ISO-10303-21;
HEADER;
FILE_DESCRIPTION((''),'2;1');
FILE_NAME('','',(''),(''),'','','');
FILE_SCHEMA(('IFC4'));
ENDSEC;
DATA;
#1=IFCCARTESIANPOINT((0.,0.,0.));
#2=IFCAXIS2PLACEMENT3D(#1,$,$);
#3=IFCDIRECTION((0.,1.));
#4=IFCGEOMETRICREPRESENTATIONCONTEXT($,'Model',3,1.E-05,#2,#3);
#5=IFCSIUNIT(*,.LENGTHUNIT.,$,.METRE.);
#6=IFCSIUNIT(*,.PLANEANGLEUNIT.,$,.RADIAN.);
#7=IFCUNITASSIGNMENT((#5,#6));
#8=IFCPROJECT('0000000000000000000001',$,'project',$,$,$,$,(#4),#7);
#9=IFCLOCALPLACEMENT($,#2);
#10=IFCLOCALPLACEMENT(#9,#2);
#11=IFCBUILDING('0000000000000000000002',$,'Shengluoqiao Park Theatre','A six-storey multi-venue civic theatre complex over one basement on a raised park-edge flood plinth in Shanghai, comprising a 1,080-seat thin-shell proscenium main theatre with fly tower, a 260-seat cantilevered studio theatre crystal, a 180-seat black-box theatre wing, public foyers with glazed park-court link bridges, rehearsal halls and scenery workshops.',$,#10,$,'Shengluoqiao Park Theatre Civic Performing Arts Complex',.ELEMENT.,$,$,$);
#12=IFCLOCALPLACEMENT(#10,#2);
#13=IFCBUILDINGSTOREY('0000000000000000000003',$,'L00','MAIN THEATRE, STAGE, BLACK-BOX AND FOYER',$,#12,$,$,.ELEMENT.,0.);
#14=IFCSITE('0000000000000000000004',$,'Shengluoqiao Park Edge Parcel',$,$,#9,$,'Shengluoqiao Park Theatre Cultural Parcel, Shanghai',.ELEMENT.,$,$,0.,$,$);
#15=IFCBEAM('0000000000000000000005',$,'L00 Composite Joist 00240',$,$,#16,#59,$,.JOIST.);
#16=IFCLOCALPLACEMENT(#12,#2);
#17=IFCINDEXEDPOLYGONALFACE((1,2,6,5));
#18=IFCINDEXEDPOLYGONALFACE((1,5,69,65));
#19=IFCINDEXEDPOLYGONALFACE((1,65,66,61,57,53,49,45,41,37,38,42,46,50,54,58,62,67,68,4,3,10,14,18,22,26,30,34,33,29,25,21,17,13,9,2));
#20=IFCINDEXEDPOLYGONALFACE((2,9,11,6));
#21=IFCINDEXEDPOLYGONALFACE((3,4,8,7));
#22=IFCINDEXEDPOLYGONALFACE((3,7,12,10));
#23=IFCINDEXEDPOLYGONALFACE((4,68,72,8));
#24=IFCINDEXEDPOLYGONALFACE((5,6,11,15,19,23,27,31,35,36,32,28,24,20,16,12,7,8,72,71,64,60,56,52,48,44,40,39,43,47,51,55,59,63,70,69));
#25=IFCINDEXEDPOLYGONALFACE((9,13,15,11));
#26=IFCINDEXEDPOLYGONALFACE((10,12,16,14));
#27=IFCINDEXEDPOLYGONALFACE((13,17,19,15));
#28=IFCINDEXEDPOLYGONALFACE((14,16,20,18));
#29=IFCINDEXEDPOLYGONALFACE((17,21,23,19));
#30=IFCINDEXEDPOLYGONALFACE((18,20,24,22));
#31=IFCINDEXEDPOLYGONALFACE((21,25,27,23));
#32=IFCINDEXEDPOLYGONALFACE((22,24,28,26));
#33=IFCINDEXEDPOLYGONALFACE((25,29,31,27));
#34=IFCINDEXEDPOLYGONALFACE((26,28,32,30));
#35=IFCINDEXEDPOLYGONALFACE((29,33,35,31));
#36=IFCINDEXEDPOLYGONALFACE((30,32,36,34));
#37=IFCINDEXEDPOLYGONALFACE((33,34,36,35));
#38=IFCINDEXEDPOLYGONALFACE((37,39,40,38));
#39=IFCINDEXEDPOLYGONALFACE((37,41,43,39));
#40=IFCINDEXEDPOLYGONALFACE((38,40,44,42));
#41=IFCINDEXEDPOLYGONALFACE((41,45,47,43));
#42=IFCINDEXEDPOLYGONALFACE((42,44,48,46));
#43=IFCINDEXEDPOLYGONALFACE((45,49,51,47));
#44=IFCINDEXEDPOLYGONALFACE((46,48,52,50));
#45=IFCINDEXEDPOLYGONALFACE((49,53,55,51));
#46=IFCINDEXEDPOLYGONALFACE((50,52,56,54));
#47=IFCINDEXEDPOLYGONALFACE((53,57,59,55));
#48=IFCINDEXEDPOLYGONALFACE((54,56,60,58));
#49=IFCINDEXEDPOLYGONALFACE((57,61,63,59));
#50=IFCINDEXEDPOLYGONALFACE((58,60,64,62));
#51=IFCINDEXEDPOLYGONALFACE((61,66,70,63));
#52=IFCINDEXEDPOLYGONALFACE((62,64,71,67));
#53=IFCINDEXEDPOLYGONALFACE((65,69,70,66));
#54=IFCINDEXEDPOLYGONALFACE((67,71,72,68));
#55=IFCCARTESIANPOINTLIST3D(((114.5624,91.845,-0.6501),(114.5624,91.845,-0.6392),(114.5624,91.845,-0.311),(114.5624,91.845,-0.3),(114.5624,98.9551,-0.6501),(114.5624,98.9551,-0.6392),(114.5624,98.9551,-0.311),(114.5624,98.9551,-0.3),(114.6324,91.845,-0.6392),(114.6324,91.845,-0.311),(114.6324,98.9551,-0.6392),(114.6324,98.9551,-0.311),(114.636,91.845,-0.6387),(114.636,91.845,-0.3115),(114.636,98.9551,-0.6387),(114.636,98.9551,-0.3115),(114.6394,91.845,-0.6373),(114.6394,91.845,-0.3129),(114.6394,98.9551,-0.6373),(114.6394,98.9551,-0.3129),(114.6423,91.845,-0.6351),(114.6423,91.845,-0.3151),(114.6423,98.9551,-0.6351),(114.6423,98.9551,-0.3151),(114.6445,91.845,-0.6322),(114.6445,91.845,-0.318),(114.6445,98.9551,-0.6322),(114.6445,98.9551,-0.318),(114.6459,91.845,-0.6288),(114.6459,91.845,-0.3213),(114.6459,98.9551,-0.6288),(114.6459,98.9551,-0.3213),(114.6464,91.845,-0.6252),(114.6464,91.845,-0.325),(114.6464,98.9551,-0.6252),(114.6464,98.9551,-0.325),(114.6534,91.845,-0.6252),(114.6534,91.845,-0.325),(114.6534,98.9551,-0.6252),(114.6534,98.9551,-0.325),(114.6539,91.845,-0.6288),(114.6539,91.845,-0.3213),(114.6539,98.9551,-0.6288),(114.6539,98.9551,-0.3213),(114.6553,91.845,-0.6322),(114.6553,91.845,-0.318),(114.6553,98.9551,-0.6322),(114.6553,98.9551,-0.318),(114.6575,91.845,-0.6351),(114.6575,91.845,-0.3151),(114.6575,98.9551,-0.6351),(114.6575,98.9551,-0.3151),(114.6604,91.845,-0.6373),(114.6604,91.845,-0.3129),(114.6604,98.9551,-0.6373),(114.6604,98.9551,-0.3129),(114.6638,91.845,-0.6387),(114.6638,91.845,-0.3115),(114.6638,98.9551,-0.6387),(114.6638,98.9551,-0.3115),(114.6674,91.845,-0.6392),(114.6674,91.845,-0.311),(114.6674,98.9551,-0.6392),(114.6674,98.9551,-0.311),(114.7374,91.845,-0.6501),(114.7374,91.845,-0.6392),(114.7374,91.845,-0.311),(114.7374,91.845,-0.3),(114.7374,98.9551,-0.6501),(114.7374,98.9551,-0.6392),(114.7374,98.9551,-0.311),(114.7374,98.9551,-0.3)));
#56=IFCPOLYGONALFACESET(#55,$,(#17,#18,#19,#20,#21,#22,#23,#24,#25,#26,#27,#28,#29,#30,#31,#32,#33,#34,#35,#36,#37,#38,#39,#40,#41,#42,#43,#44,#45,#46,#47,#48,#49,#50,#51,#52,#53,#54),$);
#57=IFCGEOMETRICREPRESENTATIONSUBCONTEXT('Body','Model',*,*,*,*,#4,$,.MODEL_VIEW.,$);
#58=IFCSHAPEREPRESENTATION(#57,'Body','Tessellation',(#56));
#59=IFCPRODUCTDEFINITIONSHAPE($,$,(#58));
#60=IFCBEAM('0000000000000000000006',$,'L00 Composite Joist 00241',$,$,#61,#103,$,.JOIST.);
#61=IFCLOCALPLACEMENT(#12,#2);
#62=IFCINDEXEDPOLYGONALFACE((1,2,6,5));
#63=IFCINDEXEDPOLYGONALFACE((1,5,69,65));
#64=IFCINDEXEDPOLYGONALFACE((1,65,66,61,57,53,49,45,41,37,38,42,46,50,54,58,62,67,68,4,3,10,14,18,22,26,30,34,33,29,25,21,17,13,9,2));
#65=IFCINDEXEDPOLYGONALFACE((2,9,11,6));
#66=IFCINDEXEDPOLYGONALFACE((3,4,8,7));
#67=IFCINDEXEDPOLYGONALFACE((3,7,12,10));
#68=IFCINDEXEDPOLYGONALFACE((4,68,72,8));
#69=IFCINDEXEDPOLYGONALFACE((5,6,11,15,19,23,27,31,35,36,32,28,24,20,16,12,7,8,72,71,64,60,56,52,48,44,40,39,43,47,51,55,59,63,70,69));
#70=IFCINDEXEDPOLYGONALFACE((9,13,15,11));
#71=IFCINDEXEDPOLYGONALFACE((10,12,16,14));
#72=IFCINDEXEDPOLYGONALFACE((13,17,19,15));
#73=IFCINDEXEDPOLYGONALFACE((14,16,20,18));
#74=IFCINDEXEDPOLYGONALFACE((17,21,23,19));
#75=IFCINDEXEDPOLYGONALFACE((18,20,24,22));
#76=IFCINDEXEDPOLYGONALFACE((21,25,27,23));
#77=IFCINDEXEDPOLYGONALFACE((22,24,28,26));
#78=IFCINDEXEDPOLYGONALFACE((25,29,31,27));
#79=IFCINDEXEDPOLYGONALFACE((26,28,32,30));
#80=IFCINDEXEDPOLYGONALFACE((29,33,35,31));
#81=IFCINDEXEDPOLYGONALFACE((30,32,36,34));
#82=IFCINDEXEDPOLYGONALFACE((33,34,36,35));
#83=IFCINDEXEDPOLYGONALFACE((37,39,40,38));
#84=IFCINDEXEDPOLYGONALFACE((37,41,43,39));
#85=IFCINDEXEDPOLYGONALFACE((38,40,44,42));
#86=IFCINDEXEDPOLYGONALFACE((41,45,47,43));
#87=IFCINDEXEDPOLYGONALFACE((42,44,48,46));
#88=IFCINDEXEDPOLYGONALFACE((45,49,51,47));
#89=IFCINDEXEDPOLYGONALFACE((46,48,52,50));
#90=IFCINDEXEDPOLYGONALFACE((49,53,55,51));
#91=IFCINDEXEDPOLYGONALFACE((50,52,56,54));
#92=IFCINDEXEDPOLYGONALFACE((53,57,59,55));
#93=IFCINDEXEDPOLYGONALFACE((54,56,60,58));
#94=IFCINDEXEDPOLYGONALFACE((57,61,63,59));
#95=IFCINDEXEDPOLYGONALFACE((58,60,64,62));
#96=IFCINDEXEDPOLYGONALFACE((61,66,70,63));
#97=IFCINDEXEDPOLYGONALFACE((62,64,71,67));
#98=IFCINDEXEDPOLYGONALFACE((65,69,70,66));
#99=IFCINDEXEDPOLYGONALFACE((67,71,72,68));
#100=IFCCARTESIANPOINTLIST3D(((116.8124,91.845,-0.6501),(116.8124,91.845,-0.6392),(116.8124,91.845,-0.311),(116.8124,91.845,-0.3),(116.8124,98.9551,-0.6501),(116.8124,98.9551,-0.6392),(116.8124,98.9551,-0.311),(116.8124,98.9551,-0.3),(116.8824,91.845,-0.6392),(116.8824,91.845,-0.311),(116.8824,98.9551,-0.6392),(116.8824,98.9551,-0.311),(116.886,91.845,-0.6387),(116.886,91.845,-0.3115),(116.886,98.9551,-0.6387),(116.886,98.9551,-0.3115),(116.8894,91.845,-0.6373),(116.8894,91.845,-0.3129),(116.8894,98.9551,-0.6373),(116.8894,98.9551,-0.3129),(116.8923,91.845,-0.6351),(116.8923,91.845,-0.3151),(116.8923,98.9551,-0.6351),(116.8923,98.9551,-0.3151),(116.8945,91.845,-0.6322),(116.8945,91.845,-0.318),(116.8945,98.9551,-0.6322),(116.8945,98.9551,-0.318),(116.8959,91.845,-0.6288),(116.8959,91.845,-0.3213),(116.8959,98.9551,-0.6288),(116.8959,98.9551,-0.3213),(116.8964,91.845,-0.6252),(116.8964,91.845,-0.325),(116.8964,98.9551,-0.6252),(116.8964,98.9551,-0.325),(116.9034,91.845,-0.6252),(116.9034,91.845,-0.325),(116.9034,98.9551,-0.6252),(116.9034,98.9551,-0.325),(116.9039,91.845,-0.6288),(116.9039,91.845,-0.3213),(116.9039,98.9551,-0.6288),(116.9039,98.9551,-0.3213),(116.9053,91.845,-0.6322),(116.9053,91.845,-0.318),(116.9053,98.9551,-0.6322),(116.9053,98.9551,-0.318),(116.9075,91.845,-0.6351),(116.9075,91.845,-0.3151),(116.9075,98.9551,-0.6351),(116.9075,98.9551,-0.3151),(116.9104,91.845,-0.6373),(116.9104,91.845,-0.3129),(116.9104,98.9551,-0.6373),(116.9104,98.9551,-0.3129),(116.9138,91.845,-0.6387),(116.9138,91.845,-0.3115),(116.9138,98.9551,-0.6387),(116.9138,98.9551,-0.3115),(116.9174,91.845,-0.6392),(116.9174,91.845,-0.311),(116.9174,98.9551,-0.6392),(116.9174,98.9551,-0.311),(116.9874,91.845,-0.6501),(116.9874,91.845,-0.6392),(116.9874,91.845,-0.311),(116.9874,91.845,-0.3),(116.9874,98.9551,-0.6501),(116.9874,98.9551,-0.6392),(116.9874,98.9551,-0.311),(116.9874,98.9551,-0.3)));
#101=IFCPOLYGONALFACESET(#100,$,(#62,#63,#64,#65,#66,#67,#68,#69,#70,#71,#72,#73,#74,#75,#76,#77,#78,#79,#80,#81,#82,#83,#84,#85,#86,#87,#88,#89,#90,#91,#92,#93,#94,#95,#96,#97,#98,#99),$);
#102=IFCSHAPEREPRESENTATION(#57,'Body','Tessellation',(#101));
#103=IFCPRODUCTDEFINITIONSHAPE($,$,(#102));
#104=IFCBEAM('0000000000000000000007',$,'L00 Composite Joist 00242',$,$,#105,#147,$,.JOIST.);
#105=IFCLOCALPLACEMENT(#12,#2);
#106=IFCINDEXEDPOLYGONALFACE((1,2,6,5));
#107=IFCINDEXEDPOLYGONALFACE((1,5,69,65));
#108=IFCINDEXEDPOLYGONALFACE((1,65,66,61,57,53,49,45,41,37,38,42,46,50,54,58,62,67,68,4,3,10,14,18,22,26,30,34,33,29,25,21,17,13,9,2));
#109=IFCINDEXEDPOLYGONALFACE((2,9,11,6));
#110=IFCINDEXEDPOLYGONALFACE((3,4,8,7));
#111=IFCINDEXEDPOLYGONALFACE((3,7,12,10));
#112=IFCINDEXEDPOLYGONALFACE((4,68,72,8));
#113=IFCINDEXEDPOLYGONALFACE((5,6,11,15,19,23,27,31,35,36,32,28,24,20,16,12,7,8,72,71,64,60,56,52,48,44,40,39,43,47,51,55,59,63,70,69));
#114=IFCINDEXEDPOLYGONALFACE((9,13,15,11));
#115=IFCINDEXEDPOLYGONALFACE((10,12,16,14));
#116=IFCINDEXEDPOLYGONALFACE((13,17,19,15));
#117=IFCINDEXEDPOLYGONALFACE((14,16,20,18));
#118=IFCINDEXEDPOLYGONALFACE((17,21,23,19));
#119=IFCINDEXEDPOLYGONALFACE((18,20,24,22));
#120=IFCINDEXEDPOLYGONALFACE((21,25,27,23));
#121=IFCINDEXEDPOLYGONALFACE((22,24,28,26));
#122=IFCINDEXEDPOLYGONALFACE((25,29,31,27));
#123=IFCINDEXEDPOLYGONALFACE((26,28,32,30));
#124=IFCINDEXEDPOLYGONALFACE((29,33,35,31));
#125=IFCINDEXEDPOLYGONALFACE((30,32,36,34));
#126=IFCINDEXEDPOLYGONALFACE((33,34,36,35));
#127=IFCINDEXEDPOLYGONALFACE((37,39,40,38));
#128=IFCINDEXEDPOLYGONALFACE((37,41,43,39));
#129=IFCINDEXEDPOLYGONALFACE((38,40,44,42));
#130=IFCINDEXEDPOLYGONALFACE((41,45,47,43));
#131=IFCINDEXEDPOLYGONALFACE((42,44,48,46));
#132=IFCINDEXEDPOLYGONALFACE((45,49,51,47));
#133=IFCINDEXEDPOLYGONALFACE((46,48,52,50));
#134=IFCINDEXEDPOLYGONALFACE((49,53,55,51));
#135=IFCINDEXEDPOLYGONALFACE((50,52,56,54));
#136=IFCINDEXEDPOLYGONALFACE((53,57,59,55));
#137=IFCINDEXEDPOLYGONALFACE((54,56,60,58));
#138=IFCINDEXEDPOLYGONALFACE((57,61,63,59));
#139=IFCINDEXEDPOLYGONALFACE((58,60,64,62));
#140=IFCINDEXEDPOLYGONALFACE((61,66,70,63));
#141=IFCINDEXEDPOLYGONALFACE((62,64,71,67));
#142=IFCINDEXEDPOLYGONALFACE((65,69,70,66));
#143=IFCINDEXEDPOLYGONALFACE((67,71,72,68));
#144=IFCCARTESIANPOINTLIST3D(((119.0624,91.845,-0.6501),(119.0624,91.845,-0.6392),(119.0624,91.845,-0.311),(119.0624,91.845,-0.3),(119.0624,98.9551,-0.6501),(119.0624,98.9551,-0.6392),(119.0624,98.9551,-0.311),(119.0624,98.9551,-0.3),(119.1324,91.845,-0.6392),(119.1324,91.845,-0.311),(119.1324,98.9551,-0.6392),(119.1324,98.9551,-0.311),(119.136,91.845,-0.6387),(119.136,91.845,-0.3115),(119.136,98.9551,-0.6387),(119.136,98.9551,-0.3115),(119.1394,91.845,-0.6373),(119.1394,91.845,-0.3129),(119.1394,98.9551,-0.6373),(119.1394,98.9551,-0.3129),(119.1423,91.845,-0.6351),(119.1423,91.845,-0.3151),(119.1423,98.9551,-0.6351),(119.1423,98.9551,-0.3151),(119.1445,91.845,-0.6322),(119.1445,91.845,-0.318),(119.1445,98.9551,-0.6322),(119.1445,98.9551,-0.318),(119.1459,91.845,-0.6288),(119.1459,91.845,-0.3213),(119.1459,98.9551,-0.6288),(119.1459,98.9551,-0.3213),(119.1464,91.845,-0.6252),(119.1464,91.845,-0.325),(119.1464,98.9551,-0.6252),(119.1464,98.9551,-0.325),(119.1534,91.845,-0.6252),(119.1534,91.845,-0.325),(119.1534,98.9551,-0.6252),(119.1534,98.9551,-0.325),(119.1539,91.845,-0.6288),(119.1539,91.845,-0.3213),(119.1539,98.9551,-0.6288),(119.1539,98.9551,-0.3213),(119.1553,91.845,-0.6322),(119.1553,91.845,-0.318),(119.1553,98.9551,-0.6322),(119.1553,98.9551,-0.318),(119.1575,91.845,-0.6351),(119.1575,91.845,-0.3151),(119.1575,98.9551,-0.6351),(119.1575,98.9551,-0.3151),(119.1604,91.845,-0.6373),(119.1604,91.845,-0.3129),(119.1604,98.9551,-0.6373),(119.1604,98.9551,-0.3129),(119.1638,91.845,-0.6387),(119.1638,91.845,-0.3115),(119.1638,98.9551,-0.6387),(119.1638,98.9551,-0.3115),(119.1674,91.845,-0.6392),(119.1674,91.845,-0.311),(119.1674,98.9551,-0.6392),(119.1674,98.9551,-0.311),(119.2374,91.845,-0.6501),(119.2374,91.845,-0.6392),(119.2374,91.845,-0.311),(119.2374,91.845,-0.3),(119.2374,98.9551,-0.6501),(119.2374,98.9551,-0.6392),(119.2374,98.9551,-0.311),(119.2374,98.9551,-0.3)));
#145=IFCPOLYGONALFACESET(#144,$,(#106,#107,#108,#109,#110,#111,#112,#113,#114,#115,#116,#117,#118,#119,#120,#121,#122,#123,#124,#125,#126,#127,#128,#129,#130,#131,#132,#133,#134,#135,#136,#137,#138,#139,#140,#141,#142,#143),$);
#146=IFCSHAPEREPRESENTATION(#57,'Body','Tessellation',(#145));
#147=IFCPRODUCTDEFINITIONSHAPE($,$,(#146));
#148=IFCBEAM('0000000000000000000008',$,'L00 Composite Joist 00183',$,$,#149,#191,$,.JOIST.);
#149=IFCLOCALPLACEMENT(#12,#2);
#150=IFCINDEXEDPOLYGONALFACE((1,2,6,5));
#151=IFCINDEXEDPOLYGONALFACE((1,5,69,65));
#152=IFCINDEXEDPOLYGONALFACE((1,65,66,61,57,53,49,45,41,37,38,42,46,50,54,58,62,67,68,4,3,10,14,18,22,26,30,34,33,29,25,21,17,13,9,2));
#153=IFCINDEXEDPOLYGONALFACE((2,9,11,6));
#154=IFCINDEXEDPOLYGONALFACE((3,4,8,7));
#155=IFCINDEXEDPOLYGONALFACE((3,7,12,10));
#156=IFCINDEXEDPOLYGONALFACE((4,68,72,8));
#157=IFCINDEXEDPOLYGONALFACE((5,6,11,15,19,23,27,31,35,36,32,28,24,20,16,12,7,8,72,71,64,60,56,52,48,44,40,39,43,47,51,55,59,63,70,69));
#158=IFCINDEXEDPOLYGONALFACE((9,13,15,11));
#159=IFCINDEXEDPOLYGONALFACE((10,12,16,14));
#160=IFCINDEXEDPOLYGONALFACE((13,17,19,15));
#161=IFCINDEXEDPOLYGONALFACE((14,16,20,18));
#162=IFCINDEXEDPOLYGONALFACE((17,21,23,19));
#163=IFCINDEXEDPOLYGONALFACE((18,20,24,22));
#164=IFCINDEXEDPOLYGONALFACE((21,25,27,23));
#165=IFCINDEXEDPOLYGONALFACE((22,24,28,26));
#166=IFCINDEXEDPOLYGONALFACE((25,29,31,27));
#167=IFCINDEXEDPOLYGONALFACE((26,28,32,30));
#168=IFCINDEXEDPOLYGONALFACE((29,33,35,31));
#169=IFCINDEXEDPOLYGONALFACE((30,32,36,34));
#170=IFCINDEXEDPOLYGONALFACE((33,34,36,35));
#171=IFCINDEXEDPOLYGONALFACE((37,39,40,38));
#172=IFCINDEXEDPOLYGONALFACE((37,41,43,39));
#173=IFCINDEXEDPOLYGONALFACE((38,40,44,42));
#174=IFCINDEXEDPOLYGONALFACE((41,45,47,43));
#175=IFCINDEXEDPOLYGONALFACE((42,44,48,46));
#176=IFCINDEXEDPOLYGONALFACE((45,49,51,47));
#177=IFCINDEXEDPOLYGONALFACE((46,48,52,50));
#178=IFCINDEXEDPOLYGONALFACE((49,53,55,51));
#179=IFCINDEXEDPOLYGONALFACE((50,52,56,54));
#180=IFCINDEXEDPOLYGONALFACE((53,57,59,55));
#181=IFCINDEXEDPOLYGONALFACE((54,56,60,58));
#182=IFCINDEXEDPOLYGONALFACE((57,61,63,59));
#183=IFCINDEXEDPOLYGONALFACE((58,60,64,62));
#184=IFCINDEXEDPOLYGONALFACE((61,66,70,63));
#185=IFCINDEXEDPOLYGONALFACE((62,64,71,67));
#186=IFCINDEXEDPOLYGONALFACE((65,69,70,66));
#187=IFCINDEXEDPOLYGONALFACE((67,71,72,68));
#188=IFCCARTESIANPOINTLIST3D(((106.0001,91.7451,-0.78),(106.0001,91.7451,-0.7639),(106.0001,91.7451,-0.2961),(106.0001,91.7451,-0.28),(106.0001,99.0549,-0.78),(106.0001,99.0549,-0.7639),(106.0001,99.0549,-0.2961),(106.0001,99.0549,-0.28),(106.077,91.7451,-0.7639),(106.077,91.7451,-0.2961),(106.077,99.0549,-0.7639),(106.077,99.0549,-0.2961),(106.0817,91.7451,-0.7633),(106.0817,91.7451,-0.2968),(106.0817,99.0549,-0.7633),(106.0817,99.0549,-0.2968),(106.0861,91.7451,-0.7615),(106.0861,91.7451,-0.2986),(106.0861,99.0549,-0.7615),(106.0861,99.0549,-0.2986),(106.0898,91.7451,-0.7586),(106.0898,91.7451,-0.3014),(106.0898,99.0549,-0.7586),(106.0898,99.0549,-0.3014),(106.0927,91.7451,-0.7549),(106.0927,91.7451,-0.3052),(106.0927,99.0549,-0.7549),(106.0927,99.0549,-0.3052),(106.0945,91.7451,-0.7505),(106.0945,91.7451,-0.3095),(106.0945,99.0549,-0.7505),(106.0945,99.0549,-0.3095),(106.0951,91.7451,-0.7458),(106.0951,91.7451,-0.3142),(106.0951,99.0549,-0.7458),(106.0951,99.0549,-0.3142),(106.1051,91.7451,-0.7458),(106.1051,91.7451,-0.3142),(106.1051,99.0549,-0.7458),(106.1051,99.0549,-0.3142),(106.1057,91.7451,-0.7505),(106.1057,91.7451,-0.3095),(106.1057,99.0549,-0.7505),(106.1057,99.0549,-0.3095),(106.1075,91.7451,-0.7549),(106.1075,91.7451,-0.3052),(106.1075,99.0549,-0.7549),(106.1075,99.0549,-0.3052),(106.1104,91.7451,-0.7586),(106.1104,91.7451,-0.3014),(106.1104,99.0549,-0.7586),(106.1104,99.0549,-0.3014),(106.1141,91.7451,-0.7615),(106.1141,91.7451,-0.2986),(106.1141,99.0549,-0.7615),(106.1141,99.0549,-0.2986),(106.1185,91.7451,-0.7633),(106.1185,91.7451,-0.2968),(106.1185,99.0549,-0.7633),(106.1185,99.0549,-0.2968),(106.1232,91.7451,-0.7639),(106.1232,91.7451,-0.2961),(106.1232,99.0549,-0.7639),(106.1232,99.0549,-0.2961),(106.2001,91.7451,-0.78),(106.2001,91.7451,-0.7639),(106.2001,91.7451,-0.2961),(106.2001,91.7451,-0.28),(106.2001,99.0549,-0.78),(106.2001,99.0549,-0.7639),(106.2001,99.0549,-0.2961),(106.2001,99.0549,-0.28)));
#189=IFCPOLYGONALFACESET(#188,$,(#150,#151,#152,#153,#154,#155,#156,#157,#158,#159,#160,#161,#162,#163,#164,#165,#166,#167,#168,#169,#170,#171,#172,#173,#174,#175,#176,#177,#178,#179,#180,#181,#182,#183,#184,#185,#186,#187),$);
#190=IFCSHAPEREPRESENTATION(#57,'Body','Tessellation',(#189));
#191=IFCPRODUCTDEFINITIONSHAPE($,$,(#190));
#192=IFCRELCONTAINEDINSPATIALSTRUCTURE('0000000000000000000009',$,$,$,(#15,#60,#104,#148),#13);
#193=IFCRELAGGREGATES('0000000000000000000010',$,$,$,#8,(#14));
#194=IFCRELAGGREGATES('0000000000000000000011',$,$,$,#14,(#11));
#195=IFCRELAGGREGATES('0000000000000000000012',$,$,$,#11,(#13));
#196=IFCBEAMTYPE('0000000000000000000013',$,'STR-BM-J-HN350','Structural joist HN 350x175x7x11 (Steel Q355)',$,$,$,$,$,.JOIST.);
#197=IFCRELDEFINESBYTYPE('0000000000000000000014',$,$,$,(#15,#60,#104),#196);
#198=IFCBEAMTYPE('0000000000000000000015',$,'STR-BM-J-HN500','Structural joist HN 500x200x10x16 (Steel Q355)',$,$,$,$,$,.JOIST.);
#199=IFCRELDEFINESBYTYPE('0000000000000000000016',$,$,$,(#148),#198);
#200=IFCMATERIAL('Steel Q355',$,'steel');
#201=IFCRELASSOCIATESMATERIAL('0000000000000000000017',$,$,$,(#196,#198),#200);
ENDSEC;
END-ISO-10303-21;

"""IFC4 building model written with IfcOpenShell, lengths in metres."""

from ifc_helpers import new_model, si_unit, direction, frame, origin, origin_2d, place, context, subcontext, project, spatial, i_section, extrude, material, material_profile, profile_set, type_object, element, save


model = new_model("IFC4")

# Units and contexts
model_context = context("Model", 3, precision=1e-05, world=origin(), true_north=direction((0.0, 1.0)))
body_context = subcontext(model_context, "Body", "Model", "MODEL_VIEW")
ifc_project = project(units=[si_unit("LENGTHUNIT", "METRE"), si_unit("PLANEANGLEUNIT", "RADIAN")], contexts=[model_context])

# Site, building, storey
site_placement = place(None, origin())
site = spatial("IfcSite", under=ifc_project, at=site_placement, Name="Shengluoqiao Park Edge Parcel", LongName="Shengluoqiao Park Theatre Cultural Parcel, Shanghai", CompositionType="ELEMENT", RefElevation=0.0)
building_placement = place(site_placement, origin())
building = spatial("IfcBuilding", under=site, at=building_placement, Name="Shengluoqiao Park Theatre", Description="A six-storey multi-venue civic theatre complex over one basement on a raised park-edge flood plinth in Shanghai, comprising a 1,080-seat thin-shell proscenium main theatre with fly tower, a 260-seat cantilevered studio theatre crystal, a 180-seat black-box theatre wing, public foyers with glazed park-court link bridges, rehearsal halls and scenery workshops.", LongName="Shengluoqiao Park Theatre Civic Performing Arts Complex", CompositionType="ELEMENT")
storey_placement = place(building_placement, origin())
storey = spatial("IfcBuildingStorey", under=building, at=storey_placement, Name="L00", Description="MAIN THEATRE, STAGE, BLACK-BOX AND FOYER", CompositionType="ELEMENT", Elevation=0.0)

# Beams
ifc_material_1 = material(Name="Steel Q355", Category="steel")
ifc_material_profile_1 = material_profile(ifc_material_1, i_section(OverallWidth=0.175, OverallDepth=0.3501, WebThickness=0.0071, FlangeThickness=0.011, FilletRadius=0.0139, at=origin_2d()), Name="HN 350x175x7x11")
ifc_profile_set_1 = profile_set([ifc_material_profile_1], Name="Steel Q355")
beam_type_1 = type_object("IfcBeamType", Name="STR-BM-J-HN350", Description="Structural joist HN 350x175x7x11 (Steel Q355)", PredefinedType="JOIST", material=ifc_profile_set_1)
for number, where, z_axis, x_axis, name in (
    (1, (114.6499, 91.845, -0.4751), (0.0, 1.0, 0.0), (-1.0, 0.0, 0.0), "L00 Composite Joist 00240"),
    (2, (116.8999, 91.845, -0.4751), (0.0, 1.0, 0.0), (-1.0, 0.0, 0.0), "L00 Composite Joist 00241"),
    (3, (119.1499, 91.845, -0.4751), (0.0, 1.0, 0.0), (-1.0, 0.0, 0.0), "L00 Composite Joist 00242"),
):
    element("IfcBeam", number, at=place(storey_placement, frame(where, z_axis=z_axis, x_axis=x_axis)), inside=storey, type_object=beam_type_1, Name=name, PredefinedType="JOIST", context=body_context, shape_type="SweptSolid", body=[
        extrude(i_section(OverallWidth=0.175, OverallDepth=0.3501, WebThickness=0.0071, FlangeThickness=0.011, FilletRadius=0.0139, at=origin_2d()), origin(), (0.0, 0.0, 1.0), 7.1101),
    ])
ifc_material_profile_2 = material_profile(ifc_material_1, i_section(OverallWidth=0.2, OverallDepth=0.5, WebThickness=0.01, FlangeThickness=0.0161, FilletRadius=0.0181, at=origin_2d()), Name="HN 500x200x10x16")
ifc_profile_set_2 = profile_set([ifc_material_profile_2], Name="Steel Q355")
beam_type_2 = type_object("IfcBeamType", Name="STR-BM-J-HN500", Description="Structural joist HN 500x200x10x16 (Steel Q355)", PredefinedType="JOIST", material=ifc_profile_set_2)
for number, where, z_axis, x_axis, name in (
    (4, (106.1001, 91.7451, -0.53), (0.0, 1.0, 0.0), (-1.0, 0.0, 0.0), "L00 Composite Joist 00183"),
):
    element("IfcBeam", number, at=place(storey_placement, frame(where, z_axis=z_axis, x_axis=x_axis)), inside=storey, type_object=beam_type_2, Name=name, PredefinedType="JOIST", context=body_context, shape_type="SweptSolid", body=[
        extrude(i_section(OverallWidth=0.2, OverallDepth=0.5, WebThickness=0.01, FlangeThickness=0.0161, FilletRadius=0.0181, at=origin_2d()), origin(), (0.0, 0.0, 1.0), 7.3098),
    ])

save(model, "model.ifc")
